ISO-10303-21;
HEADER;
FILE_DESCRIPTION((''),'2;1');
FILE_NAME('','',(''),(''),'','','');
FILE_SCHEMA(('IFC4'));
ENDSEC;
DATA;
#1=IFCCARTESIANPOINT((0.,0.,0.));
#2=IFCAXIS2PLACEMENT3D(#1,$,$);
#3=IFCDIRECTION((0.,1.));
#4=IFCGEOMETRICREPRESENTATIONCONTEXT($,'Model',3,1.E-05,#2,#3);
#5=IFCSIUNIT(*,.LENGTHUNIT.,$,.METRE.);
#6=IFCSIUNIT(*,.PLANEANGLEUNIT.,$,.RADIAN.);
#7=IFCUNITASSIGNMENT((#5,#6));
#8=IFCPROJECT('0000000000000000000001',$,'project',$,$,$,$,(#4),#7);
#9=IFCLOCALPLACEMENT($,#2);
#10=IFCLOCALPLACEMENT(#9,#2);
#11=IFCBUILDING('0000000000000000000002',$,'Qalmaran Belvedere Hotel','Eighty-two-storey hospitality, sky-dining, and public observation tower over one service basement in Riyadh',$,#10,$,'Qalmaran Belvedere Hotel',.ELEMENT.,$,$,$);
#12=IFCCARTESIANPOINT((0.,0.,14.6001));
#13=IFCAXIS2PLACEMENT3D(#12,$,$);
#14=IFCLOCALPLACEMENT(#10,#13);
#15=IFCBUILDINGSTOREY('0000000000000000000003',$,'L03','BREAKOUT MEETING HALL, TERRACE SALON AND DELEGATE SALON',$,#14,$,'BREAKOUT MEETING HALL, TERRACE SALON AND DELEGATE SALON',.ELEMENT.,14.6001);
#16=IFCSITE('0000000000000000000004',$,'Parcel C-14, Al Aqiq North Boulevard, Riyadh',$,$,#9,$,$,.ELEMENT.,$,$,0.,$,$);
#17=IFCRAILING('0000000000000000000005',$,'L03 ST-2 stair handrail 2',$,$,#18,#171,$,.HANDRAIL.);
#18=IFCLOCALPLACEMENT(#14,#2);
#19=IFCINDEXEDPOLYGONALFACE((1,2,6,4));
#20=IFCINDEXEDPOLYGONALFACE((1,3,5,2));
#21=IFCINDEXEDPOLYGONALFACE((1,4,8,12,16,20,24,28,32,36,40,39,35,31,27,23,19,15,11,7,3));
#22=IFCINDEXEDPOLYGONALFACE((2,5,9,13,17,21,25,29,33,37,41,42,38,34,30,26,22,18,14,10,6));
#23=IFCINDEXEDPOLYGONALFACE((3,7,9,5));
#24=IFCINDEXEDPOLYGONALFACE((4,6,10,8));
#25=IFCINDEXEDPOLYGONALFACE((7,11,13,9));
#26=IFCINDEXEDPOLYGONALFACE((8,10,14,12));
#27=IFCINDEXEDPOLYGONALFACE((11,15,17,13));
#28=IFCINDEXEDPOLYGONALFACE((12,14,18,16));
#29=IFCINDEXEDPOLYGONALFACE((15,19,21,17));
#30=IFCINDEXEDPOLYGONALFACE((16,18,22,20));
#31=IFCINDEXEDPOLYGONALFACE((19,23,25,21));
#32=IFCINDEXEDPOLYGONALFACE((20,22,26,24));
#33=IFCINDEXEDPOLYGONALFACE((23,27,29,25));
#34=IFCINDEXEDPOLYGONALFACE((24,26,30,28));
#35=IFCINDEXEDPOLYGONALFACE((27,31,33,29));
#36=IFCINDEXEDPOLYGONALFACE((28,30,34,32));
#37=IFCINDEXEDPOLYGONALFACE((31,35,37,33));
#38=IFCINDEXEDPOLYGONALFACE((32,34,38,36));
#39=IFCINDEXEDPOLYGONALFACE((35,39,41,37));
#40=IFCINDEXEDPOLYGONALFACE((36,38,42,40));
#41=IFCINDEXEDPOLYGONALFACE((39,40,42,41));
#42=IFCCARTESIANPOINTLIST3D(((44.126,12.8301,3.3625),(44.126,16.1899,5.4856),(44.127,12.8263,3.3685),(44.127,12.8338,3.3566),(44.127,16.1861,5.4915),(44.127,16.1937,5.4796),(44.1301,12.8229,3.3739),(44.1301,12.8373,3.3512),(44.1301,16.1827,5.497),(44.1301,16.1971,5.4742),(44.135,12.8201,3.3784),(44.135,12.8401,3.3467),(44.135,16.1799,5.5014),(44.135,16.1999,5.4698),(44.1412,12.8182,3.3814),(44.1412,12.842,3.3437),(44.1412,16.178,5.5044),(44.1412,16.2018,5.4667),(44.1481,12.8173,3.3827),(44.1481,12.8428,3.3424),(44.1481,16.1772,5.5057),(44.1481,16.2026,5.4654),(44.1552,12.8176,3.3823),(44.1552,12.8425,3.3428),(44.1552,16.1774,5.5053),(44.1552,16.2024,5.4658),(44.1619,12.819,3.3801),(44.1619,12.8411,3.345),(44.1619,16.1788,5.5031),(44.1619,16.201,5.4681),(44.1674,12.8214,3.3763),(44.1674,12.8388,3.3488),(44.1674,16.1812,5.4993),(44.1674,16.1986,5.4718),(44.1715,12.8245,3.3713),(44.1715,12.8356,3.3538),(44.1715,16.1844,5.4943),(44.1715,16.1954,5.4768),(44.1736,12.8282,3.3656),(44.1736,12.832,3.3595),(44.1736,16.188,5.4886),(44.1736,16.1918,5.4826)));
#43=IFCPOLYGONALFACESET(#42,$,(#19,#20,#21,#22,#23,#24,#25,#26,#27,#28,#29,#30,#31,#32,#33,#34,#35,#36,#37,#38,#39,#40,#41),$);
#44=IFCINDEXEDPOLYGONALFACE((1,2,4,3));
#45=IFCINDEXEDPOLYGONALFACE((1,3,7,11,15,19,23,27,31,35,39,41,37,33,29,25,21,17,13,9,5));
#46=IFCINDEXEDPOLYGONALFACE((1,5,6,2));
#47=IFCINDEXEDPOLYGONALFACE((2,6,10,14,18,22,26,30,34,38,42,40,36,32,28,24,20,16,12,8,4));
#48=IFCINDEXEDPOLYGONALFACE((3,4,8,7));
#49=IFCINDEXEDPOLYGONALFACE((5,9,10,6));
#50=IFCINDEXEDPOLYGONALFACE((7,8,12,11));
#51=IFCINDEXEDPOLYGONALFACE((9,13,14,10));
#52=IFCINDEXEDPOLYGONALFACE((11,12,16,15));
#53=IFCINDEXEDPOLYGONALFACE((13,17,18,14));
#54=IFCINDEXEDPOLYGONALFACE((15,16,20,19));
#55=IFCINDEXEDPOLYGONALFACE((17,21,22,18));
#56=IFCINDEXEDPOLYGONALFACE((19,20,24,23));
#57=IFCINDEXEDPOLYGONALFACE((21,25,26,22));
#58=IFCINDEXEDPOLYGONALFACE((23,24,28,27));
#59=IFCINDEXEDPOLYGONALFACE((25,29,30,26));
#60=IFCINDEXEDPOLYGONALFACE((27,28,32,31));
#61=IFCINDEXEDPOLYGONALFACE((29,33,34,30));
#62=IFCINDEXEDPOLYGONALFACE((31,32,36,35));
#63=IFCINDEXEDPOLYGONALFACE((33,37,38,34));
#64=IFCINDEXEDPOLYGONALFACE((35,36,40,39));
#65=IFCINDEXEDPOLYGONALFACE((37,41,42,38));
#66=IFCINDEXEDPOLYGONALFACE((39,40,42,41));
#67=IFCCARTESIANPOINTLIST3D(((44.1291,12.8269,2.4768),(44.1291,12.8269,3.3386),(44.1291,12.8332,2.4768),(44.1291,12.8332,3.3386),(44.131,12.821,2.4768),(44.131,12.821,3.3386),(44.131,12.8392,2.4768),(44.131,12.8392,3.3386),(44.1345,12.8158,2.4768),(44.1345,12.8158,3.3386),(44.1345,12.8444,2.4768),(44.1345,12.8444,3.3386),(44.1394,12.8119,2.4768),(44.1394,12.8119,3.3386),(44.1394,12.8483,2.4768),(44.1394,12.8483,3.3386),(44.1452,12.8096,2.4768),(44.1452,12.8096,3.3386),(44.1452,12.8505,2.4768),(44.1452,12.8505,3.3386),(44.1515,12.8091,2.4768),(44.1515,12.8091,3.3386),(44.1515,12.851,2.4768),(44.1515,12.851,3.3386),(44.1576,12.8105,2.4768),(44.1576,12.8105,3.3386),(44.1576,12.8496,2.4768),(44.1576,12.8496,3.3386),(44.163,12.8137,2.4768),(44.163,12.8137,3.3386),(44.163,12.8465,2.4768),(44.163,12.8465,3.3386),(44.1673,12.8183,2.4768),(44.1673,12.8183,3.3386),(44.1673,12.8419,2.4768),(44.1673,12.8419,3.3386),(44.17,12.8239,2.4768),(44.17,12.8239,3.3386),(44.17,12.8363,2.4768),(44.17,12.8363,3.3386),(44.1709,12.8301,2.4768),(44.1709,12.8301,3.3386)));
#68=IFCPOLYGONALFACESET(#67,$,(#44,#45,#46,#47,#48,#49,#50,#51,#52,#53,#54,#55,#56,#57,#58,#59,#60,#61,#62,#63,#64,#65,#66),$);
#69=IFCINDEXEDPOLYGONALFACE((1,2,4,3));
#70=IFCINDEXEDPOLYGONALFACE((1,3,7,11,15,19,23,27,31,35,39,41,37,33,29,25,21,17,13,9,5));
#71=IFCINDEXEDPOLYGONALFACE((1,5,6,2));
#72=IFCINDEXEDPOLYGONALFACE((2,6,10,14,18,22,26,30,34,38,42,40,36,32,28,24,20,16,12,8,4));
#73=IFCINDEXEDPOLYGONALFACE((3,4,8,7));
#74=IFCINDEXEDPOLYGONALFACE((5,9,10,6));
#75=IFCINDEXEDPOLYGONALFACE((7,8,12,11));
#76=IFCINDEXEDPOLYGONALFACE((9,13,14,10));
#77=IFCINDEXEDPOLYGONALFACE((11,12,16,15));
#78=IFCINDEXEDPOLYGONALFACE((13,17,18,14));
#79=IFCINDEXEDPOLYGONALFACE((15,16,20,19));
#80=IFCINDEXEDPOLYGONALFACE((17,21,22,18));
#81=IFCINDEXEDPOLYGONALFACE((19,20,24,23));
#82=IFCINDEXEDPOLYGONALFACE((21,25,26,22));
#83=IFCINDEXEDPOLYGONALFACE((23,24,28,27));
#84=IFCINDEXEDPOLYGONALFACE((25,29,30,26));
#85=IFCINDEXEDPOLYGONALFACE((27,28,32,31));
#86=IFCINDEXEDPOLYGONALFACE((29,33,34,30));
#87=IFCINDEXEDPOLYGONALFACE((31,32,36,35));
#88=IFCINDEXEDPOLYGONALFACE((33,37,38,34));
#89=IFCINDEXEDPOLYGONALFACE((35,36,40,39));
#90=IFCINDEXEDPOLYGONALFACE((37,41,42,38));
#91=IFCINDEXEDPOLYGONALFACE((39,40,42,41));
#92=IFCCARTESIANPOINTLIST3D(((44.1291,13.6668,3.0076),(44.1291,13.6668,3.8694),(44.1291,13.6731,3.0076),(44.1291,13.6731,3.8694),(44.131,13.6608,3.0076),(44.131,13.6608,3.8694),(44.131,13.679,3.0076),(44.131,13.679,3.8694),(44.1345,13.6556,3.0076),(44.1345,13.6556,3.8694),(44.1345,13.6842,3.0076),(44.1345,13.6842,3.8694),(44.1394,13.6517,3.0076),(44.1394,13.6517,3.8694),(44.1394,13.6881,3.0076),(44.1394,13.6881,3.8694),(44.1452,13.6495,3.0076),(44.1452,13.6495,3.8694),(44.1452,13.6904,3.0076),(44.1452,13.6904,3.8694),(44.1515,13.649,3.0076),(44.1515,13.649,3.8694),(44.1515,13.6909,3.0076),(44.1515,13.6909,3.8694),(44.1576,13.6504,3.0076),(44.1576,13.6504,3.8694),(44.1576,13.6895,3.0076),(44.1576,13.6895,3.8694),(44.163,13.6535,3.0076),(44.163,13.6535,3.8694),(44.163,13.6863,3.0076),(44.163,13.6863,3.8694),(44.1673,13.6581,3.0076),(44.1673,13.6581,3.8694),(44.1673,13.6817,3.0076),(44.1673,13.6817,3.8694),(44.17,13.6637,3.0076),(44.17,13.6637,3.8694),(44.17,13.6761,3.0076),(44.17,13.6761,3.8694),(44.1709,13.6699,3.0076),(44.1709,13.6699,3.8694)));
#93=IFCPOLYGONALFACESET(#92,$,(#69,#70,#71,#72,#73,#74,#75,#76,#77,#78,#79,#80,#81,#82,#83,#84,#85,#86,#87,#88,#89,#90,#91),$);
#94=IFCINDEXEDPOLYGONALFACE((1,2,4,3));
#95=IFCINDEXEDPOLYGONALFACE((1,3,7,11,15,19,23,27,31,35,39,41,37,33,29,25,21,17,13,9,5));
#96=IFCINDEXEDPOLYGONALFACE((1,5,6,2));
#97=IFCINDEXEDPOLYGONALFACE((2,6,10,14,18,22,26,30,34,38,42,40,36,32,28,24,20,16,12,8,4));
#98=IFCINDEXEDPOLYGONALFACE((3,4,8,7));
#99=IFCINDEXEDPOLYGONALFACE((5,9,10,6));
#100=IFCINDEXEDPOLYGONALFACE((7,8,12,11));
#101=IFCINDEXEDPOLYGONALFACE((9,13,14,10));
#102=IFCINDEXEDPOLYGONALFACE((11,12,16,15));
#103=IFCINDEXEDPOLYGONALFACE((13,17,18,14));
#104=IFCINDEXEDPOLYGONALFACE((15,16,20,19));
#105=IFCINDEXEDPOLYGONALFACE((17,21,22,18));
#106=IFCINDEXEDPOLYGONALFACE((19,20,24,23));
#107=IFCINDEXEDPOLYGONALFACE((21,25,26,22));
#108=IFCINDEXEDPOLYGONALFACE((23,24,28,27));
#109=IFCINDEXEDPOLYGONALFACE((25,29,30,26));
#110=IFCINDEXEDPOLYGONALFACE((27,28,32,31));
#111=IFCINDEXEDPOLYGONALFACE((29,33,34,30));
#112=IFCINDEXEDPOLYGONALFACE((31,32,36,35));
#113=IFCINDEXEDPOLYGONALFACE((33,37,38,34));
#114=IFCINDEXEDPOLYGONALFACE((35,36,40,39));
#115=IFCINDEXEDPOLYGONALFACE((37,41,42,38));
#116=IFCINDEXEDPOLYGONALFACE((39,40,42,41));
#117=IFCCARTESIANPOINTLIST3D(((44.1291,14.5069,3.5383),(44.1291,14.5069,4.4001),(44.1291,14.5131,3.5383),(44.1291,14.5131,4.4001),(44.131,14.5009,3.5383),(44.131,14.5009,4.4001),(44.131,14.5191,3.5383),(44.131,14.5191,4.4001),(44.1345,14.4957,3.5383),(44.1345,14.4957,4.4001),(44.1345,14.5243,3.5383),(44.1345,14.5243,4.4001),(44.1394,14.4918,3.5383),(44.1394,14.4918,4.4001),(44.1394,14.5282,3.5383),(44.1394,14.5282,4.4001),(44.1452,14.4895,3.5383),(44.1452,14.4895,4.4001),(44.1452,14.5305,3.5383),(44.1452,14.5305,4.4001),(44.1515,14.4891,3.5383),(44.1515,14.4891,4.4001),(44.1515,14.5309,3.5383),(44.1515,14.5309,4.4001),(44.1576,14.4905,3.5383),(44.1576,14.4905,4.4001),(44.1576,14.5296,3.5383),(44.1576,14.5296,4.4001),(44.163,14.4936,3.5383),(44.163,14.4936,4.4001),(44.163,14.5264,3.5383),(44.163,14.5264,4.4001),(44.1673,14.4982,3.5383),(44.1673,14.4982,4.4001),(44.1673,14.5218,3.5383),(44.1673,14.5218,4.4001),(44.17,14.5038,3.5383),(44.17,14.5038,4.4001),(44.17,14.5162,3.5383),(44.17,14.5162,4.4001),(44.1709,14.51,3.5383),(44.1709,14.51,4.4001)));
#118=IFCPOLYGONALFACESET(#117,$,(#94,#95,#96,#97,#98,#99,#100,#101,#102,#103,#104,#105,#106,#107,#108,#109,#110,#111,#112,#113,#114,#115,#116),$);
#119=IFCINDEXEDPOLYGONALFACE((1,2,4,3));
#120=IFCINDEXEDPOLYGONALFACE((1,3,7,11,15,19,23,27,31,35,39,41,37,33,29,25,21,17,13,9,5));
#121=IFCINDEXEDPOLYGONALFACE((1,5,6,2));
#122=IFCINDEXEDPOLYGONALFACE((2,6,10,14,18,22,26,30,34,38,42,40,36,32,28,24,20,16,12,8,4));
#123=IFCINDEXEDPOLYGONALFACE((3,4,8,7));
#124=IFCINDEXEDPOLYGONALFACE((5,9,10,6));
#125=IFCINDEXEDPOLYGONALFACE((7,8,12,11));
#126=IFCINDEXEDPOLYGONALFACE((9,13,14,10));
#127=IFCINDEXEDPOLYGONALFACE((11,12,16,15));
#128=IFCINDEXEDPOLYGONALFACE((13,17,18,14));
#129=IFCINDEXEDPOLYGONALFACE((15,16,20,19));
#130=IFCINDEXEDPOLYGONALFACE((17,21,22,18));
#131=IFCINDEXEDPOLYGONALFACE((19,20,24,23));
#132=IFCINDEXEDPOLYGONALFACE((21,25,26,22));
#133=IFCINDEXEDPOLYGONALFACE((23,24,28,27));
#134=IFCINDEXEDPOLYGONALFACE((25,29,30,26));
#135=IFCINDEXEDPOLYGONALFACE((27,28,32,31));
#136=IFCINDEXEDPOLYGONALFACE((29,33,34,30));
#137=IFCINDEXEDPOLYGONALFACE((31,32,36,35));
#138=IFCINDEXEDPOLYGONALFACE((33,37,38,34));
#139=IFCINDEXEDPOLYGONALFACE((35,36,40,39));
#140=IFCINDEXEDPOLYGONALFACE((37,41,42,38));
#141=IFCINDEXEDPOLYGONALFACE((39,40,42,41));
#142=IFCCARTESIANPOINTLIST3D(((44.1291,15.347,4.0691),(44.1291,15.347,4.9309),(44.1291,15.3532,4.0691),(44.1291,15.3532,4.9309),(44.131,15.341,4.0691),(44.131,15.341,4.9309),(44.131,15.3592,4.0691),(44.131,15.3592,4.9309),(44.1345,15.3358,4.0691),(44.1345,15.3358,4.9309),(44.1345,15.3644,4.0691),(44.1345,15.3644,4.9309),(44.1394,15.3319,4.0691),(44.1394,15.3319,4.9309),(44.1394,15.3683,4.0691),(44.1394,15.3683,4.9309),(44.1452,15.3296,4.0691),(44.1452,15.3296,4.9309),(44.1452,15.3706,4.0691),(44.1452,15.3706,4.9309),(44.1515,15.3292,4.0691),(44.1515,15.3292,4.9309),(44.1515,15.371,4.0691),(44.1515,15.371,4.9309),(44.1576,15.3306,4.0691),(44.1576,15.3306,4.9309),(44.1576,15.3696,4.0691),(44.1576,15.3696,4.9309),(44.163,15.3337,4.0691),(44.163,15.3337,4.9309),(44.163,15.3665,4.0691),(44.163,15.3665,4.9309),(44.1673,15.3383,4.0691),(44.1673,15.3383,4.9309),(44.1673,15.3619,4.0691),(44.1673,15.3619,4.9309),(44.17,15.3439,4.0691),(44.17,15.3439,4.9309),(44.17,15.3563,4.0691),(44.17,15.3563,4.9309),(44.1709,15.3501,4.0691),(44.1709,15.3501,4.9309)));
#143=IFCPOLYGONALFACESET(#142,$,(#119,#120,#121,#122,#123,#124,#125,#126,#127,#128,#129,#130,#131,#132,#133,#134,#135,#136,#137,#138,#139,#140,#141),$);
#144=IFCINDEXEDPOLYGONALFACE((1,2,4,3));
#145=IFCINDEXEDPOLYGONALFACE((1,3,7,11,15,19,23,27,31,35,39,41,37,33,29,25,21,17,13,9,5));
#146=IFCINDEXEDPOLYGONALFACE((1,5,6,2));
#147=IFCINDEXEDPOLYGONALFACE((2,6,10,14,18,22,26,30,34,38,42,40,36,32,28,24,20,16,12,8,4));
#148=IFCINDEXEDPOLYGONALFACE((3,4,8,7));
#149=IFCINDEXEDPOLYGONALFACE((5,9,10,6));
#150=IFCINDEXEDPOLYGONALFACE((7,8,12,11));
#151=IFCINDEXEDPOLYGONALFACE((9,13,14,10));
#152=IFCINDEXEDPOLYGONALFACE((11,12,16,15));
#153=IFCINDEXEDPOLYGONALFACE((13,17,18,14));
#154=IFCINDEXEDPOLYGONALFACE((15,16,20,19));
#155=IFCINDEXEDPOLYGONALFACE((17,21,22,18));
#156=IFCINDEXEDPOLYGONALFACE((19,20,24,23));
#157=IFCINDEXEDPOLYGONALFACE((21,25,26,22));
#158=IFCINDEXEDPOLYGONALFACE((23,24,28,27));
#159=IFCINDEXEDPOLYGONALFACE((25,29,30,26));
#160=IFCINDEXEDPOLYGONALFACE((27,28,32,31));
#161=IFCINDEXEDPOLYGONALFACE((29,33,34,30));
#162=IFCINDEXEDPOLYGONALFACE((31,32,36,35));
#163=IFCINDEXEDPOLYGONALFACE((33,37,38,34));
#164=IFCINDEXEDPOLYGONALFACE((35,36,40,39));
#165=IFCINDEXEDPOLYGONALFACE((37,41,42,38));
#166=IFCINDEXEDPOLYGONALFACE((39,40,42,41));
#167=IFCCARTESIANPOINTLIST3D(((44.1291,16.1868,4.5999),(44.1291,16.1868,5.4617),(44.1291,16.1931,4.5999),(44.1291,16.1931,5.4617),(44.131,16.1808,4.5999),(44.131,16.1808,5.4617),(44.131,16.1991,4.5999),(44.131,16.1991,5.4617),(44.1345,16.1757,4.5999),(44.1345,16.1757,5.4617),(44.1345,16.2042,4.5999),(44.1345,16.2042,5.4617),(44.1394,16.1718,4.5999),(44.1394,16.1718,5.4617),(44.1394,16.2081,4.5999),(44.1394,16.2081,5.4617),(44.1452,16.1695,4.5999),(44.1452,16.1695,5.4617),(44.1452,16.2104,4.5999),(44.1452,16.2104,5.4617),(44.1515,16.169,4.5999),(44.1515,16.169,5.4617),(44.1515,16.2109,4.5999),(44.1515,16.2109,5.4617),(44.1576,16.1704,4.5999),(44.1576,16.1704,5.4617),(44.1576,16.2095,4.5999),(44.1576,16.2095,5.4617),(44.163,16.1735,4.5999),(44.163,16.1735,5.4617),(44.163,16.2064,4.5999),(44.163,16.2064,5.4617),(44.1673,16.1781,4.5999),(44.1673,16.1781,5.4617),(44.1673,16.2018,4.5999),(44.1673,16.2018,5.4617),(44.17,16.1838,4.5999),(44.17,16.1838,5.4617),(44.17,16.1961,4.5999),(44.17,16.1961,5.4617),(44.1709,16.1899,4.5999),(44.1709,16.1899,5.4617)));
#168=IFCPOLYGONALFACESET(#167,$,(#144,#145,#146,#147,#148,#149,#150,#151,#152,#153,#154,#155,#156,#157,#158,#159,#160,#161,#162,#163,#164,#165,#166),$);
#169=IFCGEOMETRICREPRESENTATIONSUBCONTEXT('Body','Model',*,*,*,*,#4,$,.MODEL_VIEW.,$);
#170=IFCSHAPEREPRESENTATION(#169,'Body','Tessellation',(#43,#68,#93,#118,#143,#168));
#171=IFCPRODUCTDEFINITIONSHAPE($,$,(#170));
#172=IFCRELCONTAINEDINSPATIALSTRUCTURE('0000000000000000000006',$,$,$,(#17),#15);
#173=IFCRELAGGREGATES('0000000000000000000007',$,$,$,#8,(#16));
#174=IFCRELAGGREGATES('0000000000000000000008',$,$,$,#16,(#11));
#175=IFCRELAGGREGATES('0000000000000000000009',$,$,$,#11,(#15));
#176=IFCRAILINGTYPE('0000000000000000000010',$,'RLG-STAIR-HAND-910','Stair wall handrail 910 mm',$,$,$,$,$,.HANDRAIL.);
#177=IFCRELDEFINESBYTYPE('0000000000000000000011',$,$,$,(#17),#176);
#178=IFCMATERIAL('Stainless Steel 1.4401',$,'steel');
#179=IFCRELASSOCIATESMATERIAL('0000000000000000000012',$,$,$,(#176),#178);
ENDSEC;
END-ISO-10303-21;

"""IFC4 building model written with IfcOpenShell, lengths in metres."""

from ifc_helpers import new_model, si_unit, direction, frame, origin, origin_2d, place, context, subcontext, project, spatial, circle, extrude, material, type_object, element, save


model = new_model("IFC4")

# Units and contexts
model_context = context("Model", 3, precision=1e-05, world=origin(), true_north=direction((0.0, 1.0)))
body_context = subcontext(model_context, "Body", "Model", "MODEL_VIEW")
ifc_project = project(units=[si_unit("LENGTHUNIT", "METRE"), si_unit("PLANEANGLEUNIT", "RADIAN")], contexts=[model_context])

# Site, building, storey
site_placement = place(None, origin())
site = spatial("IfcSite", under=ifc_project, at=site_placement, Name="Parcel C-14, Al Aqiq North Boulevard, Riyadh", CompositionType="ELEMENT", RefElevation=0.0)
building_placement = place(site_placement, origin())
building = spatial("IfcBuilding", under=site, at=building_placement, Name="Qalmaran Belvedere Hotel", Description="Eighty-two-storey hospitality, sky-dining, and public observation tower over one service basement in Riyadh", LongName="Qalmaran Belvedere Hotel", CompositionType="ELEMENT")
storey_placement = place(building_placement, frame((0.0, 0.0, 14.6001)))
storey = spatial("IfcBuildingStorey", under=building, at=storey_placement, Name="L03", Description="BREAKOUT MEETING HALL, TERRACE SALON AND DELEGATE SALON", LongName="BREAKOUT MEETING HALL, TERRACE SALON AND DELEGATE SALON", CompositionType="ELEMENT", Elevation=14.6001)

# Railing
ifc_material_1 = material(Name="Stainless Steel 1.4401", Category="steel")
railing_type_1 = type_object("IfcRailingType", Name="RLG-STAIR-HAND-910", Description="Stair wall handrail 910 mm", PredefinedType="HANDRAIL", material=ifc_material_1)
railing_1_placement = place(storey_placement, frame((44.1499, 12.8301, 2.4768)))
element("IfcRailing", 1, at=railing_1_placement, inside=storey, type_object=railing_type_1, Name="L03 ST-2 stair handrail 2", PredefinedType="HANDRAIL", context=body_context, shape_type="SweptSolid", body=[
    extrude(circle(Radius=0.0239, at=origin_2d()), frame((0.0, 0.0, 0.8857), z_axis=(0.0, 0.845372, 0.534178), x_axis=(-1.0, 0.0, 0.0)), (0.0, 0.0, 1.0), 3.9744),
    extrude(circle(Radius=0.021, at=origin_2d()), origin(), (0.0, 0.0, 1.0), 0.8618),
    extrude(circle(Radius=0.021, at=origin_2d()), frame((0.0, 0.8398, 0.5308)), (0.0, 0.0, 1.0), 0.8618),
    extrude(circle(Radius=0.021, at=origin_2d()), frame((0.0, 1.6799, 1.0615)), (0.0, 0.0, 1.0), 0.8618),
    extrude(circle(Radius=0.021, at=origin_2d()), frame((0.0, 2.52, 1.5923)), (0.0, 0.0, 1.0), 0.8618),
    extrude(circle(Radius=0.021, at=origin_2d()), frame((0.0, 3.3599, 2.123)), (0.0, 0.0, 1.0), 0.8618),
])

save(model, "model.ifc")
